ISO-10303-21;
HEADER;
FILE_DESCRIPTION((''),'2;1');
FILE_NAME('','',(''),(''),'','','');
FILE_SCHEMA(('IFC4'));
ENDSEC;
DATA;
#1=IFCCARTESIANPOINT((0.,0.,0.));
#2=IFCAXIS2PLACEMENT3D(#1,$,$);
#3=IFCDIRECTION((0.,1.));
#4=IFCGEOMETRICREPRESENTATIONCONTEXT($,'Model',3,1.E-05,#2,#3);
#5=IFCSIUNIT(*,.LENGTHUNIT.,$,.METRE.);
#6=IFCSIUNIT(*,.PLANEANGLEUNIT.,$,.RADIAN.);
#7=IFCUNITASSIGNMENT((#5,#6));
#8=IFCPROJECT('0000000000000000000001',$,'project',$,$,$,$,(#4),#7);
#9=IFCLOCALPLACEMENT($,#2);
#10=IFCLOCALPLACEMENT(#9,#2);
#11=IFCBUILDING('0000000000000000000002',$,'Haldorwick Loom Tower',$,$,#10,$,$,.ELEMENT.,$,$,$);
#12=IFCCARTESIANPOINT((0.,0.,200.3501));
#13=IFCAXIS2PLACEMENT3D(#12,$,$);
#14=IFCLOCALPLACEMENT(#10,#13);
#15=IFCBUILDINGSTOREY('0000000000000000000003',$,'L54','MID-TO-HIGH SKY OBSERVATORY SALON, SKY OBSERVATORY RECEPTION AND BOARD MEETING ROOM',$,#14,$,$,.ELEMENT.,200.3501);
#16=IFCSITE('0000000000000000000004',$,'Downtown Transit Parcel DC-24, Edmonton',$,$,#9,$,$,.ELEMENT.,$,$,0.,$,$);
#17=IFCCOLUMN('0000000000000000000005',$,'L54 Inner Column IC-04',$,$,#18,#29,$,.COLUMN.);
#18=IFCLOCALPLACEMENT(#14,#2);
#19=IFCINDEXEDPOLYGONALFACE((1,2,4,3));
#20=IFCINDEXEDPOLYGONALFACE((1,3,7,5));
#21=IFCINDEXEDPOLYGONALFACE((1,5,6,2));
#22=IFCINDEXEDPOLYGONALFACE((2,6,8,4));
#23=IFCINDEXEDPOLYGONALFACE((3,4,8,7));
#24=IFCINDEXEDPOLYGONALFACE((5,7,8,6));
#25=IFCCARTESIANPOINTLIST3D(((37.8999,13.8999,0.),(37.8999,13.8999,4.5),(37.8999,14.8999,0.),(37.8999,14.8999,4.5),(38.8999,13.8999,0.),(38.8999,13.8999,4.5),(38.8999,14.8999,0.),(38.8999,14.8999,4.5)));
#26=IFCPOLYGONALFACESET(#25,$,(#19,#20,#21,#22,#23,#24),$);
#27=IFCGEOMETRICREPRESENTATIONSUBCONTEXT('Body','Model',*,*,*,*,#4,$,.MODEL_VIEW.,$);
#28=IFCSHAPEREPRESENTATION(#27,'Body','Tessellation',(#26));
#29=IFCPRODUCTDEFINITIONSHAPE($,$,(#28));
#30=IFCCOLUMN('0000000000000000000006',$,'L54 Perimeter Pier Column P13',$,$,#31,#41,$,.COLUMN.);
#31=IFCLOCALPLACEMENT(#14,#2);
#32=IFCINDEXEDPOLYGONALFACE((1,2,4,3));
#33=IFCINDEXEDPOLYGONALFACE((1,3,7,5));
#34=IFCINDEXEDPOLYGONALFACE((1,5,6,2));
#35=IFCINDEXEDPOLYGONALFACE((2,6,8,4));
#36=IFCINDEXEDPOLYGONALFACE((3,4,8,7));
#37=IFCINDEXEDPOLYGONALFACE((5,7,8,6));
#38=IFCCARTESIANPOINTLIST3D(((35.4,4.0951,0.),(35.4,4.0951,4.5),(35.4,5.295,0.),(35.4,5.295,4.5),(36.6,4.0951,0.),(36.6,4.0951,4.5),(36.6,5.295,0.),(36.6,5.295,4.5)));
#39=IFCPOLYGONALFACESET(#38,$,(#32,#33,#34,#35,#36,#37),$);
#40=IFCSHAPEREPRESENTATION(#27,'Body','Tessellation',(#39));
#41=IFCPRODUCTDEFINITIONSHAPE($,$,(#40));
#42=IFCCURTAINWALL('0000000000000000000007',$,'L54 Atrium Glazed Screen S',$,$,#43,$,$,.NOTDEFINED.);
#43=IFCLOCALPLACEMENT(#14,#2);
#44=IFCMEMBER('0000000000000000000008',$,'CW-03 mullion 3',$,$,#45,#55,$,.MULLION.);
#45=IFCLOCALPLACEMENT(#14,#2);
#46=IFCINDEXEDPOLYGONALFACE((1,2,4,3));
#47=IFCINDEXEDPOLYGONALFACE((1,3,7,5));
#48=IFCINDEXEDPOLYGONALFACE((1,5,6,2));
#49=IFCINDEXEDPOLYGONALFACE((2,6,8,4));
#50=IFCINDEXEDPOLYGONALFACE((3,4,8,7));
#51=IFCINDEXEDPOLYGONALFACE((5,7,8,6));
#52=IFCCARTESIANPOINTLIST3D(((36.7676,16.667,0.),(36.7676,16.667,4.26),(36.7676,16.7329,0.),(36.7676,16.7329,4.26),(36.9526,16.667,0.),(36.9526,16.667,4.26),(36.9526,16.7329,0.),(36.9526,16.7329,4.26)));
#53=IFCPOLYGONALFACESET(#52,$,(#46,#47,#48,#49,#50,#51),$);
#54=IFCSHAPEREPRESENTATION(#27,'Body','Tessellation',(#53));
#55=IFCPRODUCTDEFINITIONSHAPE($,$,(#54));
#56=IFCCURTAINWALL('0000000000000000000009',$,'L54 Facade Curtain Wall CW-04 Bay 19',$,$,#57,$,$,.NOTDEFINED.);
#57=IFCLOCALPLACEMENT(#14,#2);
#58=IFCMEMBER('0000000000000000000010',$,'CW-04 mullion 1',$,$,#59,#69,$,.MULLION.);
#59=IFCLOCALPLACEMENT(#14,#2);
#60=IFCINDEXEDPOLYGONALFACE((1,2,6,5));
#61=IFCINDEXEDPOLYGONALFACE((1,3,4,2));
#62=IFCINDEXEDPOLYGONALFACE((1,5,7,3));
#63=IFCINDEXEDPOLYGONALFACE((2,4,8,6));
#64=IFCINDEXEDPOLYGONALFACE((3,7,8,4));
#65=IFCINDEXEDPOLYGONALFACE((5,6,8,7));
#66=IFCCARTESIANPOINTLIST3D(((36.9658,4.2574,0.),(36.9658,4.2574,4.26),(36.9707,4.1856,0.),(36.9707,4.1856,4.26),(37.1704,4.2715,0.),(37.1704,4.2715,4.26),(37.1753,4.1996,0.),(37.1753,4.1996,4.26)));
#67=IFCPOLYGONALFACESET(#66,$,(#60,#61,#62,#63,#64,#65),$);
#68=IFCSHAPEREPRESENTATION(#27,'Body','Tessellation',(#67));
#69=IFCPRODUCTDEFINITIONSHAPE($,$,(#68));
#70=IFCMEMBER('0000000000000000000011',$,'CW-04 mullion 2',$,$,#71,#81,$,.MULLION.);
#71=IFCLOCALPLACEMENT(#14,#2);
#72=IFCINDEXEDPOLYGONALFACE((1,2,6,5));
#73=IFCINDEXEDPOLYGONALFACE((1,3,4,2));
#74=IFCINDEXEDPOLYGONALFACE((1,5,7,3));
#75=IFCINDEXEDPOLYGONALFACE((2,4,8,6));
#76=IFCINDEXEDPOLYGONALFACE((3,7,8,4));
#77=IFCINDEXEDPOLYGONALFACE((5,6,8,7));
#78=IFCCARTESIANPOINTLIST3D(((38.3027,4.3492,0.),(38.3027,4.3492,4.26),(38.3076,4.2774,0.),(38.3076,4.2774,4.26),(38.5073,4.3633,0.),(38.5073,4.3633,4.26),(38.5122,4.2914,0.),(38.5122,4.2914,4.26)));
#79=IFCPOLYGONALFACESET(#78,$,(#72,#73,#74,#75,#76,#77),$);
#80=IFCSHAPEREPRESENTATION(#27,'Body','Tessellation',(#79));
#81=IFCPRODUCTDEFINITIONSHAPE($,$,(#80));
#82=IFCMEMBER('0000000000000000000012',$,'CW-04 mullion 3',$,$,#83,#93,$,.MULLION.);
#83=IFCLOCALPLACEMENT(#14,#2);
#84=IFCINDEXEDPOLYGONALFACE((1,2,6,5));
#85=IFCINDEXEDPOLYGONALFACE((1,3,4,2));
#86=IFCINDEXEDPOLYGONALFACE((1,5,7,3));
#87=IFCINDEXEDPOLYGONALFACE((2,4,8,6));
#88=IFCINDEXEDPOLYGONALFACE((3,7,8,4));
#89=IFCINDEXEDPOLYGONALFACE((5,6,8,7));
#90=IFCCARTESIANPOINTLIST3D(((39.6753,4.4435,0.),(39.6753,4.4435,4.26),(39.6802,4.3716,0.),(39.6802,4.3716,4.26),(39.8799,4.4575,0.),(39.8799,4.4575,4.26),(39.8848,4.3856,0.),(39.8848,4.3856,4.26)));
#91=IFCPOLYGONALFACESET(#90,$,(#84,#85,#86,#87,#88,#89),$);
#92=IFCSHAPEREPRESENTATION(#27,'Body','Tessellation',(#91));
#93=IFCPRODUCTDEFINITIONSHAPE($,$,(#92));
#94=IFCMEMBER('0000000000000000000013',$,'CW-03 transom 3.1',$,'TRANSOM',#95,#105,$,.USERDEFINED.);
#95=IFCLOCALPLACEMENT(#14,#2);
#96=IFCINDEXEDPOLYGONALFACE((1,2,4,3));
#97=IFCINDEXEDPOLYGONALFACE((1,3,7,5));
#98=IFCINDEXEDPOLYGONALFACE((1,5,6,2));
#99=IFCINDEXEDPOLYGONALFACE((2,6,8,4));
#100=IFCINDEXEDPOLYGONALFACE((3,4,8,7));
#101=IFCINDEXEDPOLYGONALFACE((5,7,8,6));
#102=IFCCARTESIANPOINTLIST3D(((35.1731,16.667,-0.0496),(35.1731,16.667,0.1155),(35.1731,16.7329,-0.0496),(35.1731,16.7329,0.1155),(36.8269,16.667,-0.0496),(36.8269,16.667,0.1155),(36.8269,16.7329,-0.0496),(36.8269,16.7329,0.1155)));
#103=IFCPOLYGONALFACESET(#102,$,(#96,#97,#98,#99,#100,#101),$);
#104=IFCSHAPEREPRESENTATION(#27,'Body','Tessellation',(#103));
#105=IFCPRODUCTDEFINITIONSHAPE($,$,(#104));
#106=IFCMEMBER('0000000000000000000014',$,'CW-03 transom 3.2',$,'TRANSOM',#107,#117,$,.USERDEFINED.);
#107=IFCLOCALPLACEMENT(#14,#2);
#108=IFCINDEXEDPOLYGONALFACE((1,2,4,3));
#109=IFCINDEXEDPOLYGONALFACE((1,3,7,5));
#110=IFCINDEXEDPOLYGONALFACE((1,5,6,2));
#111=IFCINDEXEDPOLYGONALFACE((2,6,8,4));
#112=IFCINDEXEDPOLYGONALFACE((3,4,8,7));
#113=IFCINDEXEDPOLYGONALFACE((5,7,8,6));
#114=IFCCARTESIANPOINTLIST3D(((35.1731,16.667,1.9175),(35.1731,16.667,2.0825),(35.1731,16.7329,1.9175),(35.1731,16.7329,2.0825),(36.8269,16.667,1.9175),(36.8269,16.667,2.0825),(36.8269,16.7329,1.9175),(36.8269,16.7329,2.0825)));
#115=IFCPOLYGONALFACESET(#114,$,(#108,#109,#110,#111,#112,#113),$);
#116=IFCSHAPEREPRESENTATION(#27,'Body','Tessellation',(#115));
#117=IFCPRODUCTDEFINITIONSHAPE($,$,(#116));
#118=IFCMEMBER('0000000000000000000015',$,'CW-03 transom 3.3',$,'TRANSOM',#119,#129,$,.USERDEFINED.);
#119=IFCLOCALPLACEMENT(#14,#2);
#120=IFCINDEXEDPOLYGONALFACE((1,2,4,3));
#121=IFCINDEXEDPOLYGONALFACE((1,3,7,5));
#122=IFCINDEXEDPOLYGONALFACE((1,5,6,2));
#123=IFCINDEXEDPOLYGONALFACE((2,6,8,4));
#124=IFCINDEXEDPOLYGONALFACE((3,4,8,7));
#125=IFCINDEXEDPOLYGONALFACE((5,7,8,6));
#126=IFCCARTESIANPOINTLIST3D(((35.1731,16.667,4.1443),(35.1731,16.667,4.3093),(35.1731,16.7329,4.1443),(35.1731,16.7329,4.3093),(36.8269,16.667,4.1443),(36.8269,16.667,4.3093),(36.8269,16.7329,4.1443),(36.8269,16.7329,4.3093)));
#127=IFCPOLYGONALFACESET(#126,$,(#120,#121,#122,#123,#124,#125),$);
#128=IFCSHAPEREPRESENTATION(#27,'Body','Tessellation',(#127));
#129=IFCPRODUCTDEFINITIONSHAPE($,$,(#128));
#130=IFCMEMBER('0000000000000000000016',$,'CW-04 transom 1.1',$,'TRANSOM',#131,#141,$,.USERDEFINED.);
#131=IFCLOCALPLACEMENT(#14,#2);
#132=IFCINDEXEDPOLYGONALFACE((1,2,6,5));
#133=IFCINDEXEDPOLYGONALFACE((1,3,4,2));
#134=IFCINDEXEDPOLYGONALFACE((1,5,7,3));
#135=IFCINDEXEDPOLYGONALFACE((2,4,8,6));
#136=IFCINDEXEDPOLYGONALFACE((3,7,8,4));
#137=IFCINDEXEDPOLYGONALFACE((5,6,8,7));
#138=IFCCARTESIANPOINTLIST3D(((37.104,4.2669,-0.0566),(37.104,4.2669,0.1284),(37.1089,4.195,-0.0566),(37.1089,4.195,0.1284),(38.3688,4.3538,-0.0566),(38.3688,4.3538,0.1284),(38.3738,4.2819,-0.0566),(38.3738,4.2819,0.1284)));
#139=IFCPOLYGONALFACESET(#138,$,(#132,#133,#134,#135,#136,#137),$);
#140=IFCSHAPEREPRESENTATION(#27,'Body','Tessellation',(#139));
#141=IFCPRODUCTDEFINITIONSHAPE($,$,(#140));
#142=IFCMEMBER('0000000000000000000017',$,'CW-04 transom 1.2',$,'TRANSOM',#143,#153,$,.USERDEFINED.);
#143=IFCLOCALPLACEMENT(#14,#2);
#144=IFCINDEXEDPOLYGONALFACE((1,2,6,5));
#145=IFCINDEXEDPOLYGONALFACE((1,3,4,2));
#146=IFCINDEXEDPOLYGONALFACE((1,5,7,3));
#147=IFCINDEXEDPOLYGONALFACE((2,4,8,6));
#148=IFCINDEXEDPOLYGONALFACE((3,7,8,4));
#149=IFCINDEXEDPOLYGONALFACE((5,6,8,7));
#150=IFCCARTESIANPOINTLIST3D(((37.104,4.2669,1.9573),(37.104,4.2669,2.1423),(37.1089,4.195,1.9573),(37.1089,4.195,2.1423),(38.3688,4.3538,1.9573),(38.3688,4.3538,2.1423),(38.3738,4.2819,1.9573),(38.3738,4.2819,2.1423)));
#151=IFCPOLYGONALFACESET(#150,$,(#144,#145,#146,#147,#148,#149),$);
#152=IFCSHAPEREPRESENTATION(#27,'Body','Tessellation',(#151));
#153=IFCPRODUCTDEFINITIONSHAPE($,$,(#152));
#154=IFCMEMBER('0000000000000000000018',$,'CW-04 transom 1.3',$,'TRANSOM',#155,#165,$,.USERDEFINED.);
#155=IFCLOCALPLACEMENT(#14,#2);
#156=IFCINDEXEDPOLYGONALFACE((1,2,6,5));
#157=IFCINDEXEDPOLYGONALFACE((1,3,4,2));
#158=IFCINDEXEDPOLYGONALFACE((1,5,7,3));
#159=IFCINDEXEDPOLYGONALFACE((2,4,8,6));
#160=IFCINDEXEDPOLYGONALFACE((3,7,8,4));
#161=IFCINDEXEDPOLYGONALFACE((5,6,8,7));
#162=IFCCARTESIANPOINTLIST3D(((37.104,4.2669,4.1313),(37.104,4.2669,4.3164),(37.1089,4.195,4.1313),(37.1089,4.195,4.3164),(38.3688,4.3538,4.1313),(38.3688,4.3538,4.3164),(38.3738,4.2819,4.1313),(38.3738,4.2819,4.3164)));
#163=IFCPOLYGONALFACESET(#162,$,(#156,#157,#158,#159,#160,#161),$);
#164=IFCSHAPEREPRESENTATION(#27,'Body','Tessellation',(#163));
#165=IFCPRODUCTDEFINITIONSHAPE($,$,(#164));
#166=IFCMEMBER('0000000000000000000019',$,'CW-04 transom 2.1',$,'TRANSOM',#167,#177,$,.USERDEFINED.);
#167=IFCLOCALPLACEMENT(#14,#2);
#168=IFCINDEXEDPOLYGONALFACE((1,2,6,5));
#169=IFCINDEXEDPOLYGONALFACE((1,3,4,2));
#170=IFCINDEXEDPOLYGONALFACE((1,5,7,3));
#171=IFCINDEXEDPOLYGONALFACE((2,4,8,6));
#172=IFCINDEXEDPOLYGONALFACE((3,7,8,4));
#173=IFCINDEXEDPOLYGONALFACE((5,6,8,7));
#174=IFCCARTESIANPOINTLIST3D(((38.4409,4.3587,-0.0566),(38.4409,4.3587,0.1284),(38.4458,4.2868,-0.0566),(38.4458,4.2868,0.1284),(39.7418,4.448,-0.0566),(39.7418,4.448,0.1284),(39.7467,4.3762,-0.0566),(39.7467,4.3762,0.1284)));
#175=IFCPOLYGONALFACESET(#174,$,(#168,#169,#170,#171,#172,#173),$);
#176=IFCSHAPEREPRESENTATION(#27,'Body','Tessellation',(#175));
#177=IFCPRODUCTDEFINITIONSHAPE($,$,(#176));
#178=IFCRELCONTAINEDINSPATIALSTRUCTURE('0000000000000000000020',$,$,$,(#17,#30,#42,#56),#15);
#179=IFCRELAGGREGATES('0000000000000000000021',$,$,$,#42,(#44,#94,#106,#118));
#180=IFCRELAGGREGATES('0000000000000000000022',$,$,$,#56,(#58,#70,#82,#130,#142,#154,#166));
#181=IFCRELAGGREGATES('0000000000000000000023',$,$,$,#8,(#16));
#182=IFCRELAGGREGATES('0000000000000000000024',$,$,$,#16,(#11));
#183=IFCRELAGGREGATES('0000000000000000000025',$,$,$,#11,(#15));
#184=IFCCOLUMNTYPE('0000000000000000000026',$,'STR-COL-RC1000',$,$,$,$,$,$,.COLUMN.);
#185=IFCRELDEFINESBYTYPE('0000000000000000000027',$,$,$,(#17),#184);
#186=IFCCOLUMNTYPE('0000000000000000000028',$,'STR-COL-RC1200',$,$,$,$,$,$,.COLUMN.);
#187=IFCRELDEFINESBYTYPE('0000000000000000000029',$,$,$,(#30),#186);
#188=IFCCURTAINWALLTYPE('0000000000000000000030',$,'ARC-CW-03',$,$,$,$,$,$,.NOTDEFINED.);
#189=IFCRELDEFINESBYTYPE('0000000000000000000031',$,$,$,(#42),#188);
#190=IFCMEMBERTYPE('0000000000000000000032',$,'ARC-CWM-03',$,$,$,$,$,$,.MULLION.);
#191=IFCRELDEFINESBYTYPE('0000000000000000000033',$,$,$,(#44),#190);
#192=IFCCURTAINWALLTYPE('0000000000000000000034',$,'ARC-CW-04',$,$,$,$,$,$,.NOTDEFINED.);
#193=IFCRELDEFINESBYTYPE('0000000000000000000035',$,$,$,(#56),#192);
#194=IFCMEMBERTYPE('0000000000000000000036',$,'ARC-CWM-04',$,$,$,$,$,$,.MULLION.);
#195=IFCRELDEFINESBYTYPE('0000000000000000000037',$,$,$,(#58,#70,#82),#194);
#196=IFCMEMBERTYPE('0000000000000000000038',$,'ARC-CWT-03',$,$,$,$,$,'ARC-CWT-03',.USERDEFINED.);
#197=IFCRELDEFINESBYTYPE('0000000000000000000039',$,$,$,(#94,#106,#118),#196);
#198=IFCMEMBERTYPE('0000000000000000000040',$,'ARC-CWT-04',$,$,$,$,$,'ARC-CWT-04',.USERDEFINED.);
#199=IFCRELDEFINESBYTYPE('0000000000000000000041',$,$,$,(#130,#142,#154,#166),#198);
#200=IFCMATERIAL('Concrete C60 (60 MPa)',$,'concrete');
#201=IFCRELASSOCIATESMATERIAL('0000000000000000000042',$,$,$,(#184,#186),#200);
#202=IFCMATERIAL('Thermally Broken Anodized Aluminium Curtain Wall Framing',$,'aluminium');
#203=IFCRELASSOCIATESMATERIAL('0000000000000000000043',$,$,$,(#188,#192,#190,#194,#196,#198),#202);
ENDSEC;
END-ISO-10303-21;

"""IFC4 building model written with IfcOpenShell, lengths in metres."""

from ifc_helpers import new_model, si_unit, direction, frame, origin, origin_2d, place, context, subcontext, project, spatial, rectangle, extrude, material, material_profile, profile_set, type_object, element, aggregate, save


model = new_model("IFC4")

# Units and contexts
model_context = context("Model", 3, precision=1e-05, world=origin(), true_north=direction((0.0, 1.0)))
body_context = subcontext(model_context, "Body", "Model", "MODEL_VIEW")
ifc_project = project(units=[si_unit("LENGTHUNIT", "METRE"), si_unit("PLANEANGLEUNIT", "RADIAN")], contexts=[model_context])

# Site, building, storey
site_placement = place(None, origin())
site = spatial("IfcSite", under=ifc_project, at=site_placement, Name="Downtown Transit Parcel DC-24, Edmonton", CompositionType="ELEMENT", RefElevation=0.0)
building_placement = place(site_placement, origin())
building = spatial("IfcBuilding", under=site, at=building_placement, Name="Haldorwick Loom Tower", CompositionType="ELEMENT")
storey_placement = place(building_placement, frame((0.0, 0.0, 200.3501)))
storey = spatial("IfcBuildingStorey", under=building, at=storey_placement, Name="L54", Description="MID-TO-HIGH SKY OBSERVATORY SALON, SKY OBSERVATORY RECEPTION AND BOARD MEETING ROOM", CompositionType="ELEMENT", Elevation=200.3501)

# Columns
ifc_material_1 = material(Name="Concrete C60 (60 MPa)", Category="concrete")
ifc_material_profile_1 = material_profile(ifc_material_1, rectangle(XDim=1.0, YDim=1.0, at=origin_2d()), Name="RC1000X1000", Category="concrete")
ifc_profile_set_1 = profile_set([ifc_material_profile_1], Name="Concrete C60 (60 MPa)")
column_type_1 = type_object("IfcColumnType", Name="STR-COL-RC1000", PredefinedType="COLUMN", material=ifc_profile_set_1)
column_1_placement = place(storey_placement, frame((38.3999, 14.3999, 0.0), z_axis=(0.0, 0.0, 1.0), x_axis=(1.0, 0.0, 0.0)))
element("IfcColumn", 1, at=column_1_placement, inside=storey, type_object=column_type_1, Name="L54 Inner Column IC-04", PredefinedType="COLUMN", context=body_context, shape_type="SweptSolid", body=[
    extrude(rectangle(XDim=1.0, YDim=1.0, at=origin_2d()), origin(), (0.0, 0.0, 1.0), 4.5),
])
ifc_material_profile_2 = material_profile(ifc_material_1, rectangle(XDim=1.2, YDim=1.2, at=origin_2d()), Name="RC1200X1200", Category="concrete")
ifc_profile_set_2 = profile_set([ifc_material_profile_2], Name="Concrete C60 (60 MPa)")
column_type_2 = type_object("IfcColumnType", Name="STR-COL-RC1200", PredefinedType="COLUMN", material=ifc_profile_set_2)
column_2_placement = place(storey_placement, frame((36.0, 4.6951, 0.0), z_axis=(0.0, 0.0, 1.0), x_axis=(0.0, -1.0, 0.0)))
element("IfcColumn", 2, at=column_2_placement, inside=storey, type_object=column_type_2, Name="L54 Perimeter Pier Column P13", PredefinedType="COLUMN", context=body_context, shape_type="SweptSolid", body=[
    extrude(rectangle(XDim=1.2, YDim=1.2, at=origin_2d()), origin(), (0.0, 0.0, 1.0), 4.5),
])

# Curtain wall, member
ifc_material_2 = material(Name="Thermally Broken Anodized Aluminium Curtain Wall Framing", Category="aluminium")
curtain_wall_type_1 = type_object("IfcCurtainWallType", Name="ARC-CW-03", PredefinedType="NOTDEFINED", material=ifc_material_2)
curtain_wall_1_placement = place(storey_placement, origin())
curtain_wall_1 = element("IfcCurtainWall", 3, at=curtain_wall_1_placement, inside=storey, type_object=curtain_wall_type_1, Name="L54 Atrium Glazed Screen S", PredefinedType="NOTDEFINED")
ifc_material_profile_3 = material_profile(ifc_material_2, rectangle(XDim=0.0659, YDim=0.1851, at=origin_2d()), Name="ALU_MUL_66X185", Category="aluminium")
ifc_profile_set_3 = profile_set([ifc_material_profile_3], Name="Thermally Broken Anodized Aluminium Curtain Wall Framing")
member_type_1 = type_object("IfcMemberType", Name="ARC-CWM-03", PredefinedType="MULLION", material=ifc_profile_set_3)
member_1_placement = place(storey_placement, frame((36.8601, 16.7, 0.0), z_axis=(0.0, 0.0, 1.0), x_axis=(0.0, -1.0, 0.0)))
member_1 = element("IfcMember", 4, at=member_1_placement, type_object=member_type_1, Name="CW-03 mullion 3", PredefinedType="MULLION", context=body_context, shape_type="SweptSolid", body=[
    extrude(rectangle(XDim=0.0659, YDim=0.1851, at=origin_2d()), origin(), (0.0, 0.0, 1.0), 4.26),
])

# Curtain wall, members
curtain_wall_type_2 = type_object("IfcCurtainWallType", Name="ARC-CW-04", PredefinedType="NOTDEFINED", material=ifc_material_2)
curtain_wall_2_placement = place(storey_placement, origin())
curtain_wall_2 = element("IfcCurtainWall", 5, at=curtain_wall_2_placement, inside=storey, type_object=curtain_wall_type_2, Name="L54 Facade Curtain Wall CW-04 Bay 19", PredefinedType="NOTDEFINED")
ifc_material_profile_4 = material_profile(ifc_material_2, rectangle(XDim=0.072, YDim=0.2051, at=origin_2d()), Name="ALU_MUL_72X205", Category="aluminium")
ifc_profile_set_4 = profile_set([ifc_material_profile_4], Name="Thermally Broken Anodized Aluminium Curtain Wall Framing")
member_type_2 = type_object("IfcMemberType", Name="ARC-CWM-04", PredefinedType="MULLION", material=ifc_profile_set_4)
member_2_placement = place(storey_placement, frame((37.0706, 4.2285, 0.0), z_axis=(0.0, 0.0, 1.0), x_axis=(-0.068513, 0.99765, 0.0)))
member_2 = element("IfcMember", 6, at=member_2_placement, type_object=member_type_2, Name="CW-04 mullion 1", PredefinedType="MULLION", context=body_context, shape_type="SweptSolid", body=[
    extrude(rectangle(XDim=0.072, YDim=0.2051, at=origin_2d()), origin(), (0.0, 0.0, 1.0), 4.26),
])
member_3_placement = place(storey_placement, frame((38.4075, 4.3203, 0.0), z_axis=(0.0, 0.0, 1.0), x_axis=(-0.068513, 0.99765, 0.0)))
member_3 = element("IfcMember", 7, at=member_3_placement, type_object=member_type_2, Name="CW-04 mullion 2", PredefinedType="MULLION", context=body_context, shape_type="SweptSolid", body=[
    extrude(rectangle(XDim=0.072, YDim=0.2051, at=origin_2d()), origin(), (0.0, 0.0, 1.0), 4.26),
])
member_4_placement = place(storey_placement, frame((39.78, 4.4146, 0.0), z_axis=(0.0, 0.0, 1.0), x_axis=(-0.068513, 0.99765, 0.0)))
member_4 = element("IfcMember", 8, at=member_4_placement, type_object=member_type_2, Name="CW-04 mullion 3", PredefinedType="MULLION", context=body_context, shape_type="SweptSolid", body=[
    extrude(rectangle(XDim=0.072, YDim=0.2051, at=origin_2d()), origin(), (0.0, 0.0, 1.0), 4.26),
])

# Members
ifc_material_profile_5 = material_profile(ifc_material_2, rectangle(XDim=0.0659, YDim=0.165, at=origin_2d()), Name="ALU_TRN_66X165", Category="aluminium")
ifc_profile_set_5 = profile_set([ifc_material_profile_5], Name="Thermally Broken Anodized Aluminium Curtain Wall Framing")
member_type_3 = type_object("IfcMemberType", Name="ARC-CWT-03", ElementType="ARC-CWT-03", PredefinedType="USERDEFINED", material=ifc_profile_set_5)
member_5_placement = place(storey_placement, frame((36.8269, 16.7, 0.033), z_axis=(-1.0, 0.0, 0.0), x_axis=(0.0, -1.0, 0.0)))
member_5 = element("IfcMember", 9, at=member_5_placement, type_object=member_type_3, Name="CW-03 transom 3.1", ObjectType="TRANSOM", PredefinedType="USERDEFINED", context=body_context, shape_type="SweptSolid", body=[
    extrude(rectangle(XDim=0.0659, YDim=0.165, at=origin_2d()), origin(), (0.0, 0.0, 1.0), 1.6538),
])
member_6_placement = place(storey_placement, frame((36.8269, 16.7, 2.0), z_axis=(-1.0, 0.0, 0.0), x_axis=(0.0, -1.0, 0.0)))
member_6 = element("IfcMember", 10, at=member_6_placement, type_object=member_type_3, Name="CW-03 transom 3.2", ObjectType="TRANSOM", PredefinedType="USERDEFINED", context=body_context, shape_type="SweptSolid", body=[
    extrude(rectangle(XDim=0.0659, YDim=0.165, at=origin_2d()), origin(), (0.0, 0.0, 1.0), 1.6538),
])
member_7_placement = place(storey_placement, frame((36.8269, 16.7, 4.2268), z_axis=(-1.0, 0.0, 0.0), x_axis=(0.0, -1.0, 0.0)))
member_7 = element("IfcMember", 11, at=member_7_placement, type_object=member_type_3, Name="CW-03 transom 3.3", ObjectType="TRANSOM", PredefinedType="USERDEFINED", context=body_context, shape_type="SweptSolid", body=[
    extrude(rectangle(XDim=0.0659, YDim=0.165, at=origin_2d()), origin(), (0.0, 0.0, 1.0), 1.6538),
])
ifc_material_profile_6 = material_profile(ifc_material_2, rectangle(XDim=0.072, YDim=0.1851, at=origin_2d()), Name="ALU_TRN_72X185", Category="aluminium")
ifc_profile_set_6 = profile_set([ifc_material_profile_6], Name="Thermally Broken Anodized Aluminium Curtain Wall Framing")
member_type_4 = type_object("IfcMemberType", Name="ARC-CWT-04", ElementType="ARC-CWT-04", PredefinedType="USERDEFINED", material=ifc_profile_set_6)
member_8_placement = place(storey_placement, frame((37.1064, 4.231, 0.0359), z_axis=(0.997648, 0.068551, 0.0), x_axis=(-0.068551, 0.997648, 0.0)))
member_8 = element("IfcMember", 12, at=member_8_placement, type_object=member_type_4, Name="CW-04 transom 1.1", ObjectType="TRANSOM", PredefinedType="USERDEFINED", context=body_context, shape_type="SweptSolid", body=[
    extrude(rectangle(XDim=0.072, YDim=0.1851, at=origin_2d()), origin(), (0.0, 0.0, 1.0), 1.2678),
])
member_9_placement = place(storey_placement, frame((37.1064, 4.231, 2.0498), z_axis=(0.997648, 0.068551, 0.0), x_axis=(-0.068551, 0.997648, 0.0)))
member_9 = element("IfcMember", 13, at=member_9_placement, type_object=member_type_4, Name="CW-04 transom 1.2", ObjectType="TRANSOM", PredefinedType="USERDEFINED", context=body_context, shape_type="SweptSolid", body=[
    extrude(rectangle(XDim=0.072, YDim=0.1851, at=origin_2d()), origin(), (0.0, 0.0, 1.0), 1.2678),
])
member_10_placement = place(storey_placement, frame((37.1064, 4.231, 4.2239), z_axis=(0.997648, 0.068551, 0.0), x_axis=(-0.068551, 0.997648, 0.0)))
member_10 = element("IfcMember", 14, at=member_10_placement, type_object=member_type_4, Name="CW-04 transom 1.3", ObjectType="TRANSOM", PredefinedType="USERDEFINED", context=body_context, shape_type="SweptSolid", body=[
    extrude(rectangle(XDim=0.072, YDim=0.1851, at=origin_2d()), origin(), (0.0, 0.0, 1.0), 1.2678),
])
member_11_placement = place(storey_placement, frame((38.4434, 4.3228, 0.0359), z_axis=(0.997649, 0.068532, 0.0), x_axis=(-0.068532, 0.997649, 0.0)))
member_11 = element("IfcMember", 15, at=member_11_placement, type_object=member_type_4, Name="CW-04 transom 2.1", ObjectType="TRANSOM", PredefinedType="USERDEFINED", context=body_context, shape_type="SweptSolid", body=[
    extrude(rectangle(XDim=0.072, YDim=0.1851, at=origin_2d()), origin(), (0.0, 0.0, 1.0), 1.304),
])

aggregate(curtain_wall_1, [member_1, member_5, member_6, member_7])
aggregate(curtain_wall_2, [member_2, member_3, member_4, member_8, member_9, member_10, member_11])

save(model, "model.ifc")
